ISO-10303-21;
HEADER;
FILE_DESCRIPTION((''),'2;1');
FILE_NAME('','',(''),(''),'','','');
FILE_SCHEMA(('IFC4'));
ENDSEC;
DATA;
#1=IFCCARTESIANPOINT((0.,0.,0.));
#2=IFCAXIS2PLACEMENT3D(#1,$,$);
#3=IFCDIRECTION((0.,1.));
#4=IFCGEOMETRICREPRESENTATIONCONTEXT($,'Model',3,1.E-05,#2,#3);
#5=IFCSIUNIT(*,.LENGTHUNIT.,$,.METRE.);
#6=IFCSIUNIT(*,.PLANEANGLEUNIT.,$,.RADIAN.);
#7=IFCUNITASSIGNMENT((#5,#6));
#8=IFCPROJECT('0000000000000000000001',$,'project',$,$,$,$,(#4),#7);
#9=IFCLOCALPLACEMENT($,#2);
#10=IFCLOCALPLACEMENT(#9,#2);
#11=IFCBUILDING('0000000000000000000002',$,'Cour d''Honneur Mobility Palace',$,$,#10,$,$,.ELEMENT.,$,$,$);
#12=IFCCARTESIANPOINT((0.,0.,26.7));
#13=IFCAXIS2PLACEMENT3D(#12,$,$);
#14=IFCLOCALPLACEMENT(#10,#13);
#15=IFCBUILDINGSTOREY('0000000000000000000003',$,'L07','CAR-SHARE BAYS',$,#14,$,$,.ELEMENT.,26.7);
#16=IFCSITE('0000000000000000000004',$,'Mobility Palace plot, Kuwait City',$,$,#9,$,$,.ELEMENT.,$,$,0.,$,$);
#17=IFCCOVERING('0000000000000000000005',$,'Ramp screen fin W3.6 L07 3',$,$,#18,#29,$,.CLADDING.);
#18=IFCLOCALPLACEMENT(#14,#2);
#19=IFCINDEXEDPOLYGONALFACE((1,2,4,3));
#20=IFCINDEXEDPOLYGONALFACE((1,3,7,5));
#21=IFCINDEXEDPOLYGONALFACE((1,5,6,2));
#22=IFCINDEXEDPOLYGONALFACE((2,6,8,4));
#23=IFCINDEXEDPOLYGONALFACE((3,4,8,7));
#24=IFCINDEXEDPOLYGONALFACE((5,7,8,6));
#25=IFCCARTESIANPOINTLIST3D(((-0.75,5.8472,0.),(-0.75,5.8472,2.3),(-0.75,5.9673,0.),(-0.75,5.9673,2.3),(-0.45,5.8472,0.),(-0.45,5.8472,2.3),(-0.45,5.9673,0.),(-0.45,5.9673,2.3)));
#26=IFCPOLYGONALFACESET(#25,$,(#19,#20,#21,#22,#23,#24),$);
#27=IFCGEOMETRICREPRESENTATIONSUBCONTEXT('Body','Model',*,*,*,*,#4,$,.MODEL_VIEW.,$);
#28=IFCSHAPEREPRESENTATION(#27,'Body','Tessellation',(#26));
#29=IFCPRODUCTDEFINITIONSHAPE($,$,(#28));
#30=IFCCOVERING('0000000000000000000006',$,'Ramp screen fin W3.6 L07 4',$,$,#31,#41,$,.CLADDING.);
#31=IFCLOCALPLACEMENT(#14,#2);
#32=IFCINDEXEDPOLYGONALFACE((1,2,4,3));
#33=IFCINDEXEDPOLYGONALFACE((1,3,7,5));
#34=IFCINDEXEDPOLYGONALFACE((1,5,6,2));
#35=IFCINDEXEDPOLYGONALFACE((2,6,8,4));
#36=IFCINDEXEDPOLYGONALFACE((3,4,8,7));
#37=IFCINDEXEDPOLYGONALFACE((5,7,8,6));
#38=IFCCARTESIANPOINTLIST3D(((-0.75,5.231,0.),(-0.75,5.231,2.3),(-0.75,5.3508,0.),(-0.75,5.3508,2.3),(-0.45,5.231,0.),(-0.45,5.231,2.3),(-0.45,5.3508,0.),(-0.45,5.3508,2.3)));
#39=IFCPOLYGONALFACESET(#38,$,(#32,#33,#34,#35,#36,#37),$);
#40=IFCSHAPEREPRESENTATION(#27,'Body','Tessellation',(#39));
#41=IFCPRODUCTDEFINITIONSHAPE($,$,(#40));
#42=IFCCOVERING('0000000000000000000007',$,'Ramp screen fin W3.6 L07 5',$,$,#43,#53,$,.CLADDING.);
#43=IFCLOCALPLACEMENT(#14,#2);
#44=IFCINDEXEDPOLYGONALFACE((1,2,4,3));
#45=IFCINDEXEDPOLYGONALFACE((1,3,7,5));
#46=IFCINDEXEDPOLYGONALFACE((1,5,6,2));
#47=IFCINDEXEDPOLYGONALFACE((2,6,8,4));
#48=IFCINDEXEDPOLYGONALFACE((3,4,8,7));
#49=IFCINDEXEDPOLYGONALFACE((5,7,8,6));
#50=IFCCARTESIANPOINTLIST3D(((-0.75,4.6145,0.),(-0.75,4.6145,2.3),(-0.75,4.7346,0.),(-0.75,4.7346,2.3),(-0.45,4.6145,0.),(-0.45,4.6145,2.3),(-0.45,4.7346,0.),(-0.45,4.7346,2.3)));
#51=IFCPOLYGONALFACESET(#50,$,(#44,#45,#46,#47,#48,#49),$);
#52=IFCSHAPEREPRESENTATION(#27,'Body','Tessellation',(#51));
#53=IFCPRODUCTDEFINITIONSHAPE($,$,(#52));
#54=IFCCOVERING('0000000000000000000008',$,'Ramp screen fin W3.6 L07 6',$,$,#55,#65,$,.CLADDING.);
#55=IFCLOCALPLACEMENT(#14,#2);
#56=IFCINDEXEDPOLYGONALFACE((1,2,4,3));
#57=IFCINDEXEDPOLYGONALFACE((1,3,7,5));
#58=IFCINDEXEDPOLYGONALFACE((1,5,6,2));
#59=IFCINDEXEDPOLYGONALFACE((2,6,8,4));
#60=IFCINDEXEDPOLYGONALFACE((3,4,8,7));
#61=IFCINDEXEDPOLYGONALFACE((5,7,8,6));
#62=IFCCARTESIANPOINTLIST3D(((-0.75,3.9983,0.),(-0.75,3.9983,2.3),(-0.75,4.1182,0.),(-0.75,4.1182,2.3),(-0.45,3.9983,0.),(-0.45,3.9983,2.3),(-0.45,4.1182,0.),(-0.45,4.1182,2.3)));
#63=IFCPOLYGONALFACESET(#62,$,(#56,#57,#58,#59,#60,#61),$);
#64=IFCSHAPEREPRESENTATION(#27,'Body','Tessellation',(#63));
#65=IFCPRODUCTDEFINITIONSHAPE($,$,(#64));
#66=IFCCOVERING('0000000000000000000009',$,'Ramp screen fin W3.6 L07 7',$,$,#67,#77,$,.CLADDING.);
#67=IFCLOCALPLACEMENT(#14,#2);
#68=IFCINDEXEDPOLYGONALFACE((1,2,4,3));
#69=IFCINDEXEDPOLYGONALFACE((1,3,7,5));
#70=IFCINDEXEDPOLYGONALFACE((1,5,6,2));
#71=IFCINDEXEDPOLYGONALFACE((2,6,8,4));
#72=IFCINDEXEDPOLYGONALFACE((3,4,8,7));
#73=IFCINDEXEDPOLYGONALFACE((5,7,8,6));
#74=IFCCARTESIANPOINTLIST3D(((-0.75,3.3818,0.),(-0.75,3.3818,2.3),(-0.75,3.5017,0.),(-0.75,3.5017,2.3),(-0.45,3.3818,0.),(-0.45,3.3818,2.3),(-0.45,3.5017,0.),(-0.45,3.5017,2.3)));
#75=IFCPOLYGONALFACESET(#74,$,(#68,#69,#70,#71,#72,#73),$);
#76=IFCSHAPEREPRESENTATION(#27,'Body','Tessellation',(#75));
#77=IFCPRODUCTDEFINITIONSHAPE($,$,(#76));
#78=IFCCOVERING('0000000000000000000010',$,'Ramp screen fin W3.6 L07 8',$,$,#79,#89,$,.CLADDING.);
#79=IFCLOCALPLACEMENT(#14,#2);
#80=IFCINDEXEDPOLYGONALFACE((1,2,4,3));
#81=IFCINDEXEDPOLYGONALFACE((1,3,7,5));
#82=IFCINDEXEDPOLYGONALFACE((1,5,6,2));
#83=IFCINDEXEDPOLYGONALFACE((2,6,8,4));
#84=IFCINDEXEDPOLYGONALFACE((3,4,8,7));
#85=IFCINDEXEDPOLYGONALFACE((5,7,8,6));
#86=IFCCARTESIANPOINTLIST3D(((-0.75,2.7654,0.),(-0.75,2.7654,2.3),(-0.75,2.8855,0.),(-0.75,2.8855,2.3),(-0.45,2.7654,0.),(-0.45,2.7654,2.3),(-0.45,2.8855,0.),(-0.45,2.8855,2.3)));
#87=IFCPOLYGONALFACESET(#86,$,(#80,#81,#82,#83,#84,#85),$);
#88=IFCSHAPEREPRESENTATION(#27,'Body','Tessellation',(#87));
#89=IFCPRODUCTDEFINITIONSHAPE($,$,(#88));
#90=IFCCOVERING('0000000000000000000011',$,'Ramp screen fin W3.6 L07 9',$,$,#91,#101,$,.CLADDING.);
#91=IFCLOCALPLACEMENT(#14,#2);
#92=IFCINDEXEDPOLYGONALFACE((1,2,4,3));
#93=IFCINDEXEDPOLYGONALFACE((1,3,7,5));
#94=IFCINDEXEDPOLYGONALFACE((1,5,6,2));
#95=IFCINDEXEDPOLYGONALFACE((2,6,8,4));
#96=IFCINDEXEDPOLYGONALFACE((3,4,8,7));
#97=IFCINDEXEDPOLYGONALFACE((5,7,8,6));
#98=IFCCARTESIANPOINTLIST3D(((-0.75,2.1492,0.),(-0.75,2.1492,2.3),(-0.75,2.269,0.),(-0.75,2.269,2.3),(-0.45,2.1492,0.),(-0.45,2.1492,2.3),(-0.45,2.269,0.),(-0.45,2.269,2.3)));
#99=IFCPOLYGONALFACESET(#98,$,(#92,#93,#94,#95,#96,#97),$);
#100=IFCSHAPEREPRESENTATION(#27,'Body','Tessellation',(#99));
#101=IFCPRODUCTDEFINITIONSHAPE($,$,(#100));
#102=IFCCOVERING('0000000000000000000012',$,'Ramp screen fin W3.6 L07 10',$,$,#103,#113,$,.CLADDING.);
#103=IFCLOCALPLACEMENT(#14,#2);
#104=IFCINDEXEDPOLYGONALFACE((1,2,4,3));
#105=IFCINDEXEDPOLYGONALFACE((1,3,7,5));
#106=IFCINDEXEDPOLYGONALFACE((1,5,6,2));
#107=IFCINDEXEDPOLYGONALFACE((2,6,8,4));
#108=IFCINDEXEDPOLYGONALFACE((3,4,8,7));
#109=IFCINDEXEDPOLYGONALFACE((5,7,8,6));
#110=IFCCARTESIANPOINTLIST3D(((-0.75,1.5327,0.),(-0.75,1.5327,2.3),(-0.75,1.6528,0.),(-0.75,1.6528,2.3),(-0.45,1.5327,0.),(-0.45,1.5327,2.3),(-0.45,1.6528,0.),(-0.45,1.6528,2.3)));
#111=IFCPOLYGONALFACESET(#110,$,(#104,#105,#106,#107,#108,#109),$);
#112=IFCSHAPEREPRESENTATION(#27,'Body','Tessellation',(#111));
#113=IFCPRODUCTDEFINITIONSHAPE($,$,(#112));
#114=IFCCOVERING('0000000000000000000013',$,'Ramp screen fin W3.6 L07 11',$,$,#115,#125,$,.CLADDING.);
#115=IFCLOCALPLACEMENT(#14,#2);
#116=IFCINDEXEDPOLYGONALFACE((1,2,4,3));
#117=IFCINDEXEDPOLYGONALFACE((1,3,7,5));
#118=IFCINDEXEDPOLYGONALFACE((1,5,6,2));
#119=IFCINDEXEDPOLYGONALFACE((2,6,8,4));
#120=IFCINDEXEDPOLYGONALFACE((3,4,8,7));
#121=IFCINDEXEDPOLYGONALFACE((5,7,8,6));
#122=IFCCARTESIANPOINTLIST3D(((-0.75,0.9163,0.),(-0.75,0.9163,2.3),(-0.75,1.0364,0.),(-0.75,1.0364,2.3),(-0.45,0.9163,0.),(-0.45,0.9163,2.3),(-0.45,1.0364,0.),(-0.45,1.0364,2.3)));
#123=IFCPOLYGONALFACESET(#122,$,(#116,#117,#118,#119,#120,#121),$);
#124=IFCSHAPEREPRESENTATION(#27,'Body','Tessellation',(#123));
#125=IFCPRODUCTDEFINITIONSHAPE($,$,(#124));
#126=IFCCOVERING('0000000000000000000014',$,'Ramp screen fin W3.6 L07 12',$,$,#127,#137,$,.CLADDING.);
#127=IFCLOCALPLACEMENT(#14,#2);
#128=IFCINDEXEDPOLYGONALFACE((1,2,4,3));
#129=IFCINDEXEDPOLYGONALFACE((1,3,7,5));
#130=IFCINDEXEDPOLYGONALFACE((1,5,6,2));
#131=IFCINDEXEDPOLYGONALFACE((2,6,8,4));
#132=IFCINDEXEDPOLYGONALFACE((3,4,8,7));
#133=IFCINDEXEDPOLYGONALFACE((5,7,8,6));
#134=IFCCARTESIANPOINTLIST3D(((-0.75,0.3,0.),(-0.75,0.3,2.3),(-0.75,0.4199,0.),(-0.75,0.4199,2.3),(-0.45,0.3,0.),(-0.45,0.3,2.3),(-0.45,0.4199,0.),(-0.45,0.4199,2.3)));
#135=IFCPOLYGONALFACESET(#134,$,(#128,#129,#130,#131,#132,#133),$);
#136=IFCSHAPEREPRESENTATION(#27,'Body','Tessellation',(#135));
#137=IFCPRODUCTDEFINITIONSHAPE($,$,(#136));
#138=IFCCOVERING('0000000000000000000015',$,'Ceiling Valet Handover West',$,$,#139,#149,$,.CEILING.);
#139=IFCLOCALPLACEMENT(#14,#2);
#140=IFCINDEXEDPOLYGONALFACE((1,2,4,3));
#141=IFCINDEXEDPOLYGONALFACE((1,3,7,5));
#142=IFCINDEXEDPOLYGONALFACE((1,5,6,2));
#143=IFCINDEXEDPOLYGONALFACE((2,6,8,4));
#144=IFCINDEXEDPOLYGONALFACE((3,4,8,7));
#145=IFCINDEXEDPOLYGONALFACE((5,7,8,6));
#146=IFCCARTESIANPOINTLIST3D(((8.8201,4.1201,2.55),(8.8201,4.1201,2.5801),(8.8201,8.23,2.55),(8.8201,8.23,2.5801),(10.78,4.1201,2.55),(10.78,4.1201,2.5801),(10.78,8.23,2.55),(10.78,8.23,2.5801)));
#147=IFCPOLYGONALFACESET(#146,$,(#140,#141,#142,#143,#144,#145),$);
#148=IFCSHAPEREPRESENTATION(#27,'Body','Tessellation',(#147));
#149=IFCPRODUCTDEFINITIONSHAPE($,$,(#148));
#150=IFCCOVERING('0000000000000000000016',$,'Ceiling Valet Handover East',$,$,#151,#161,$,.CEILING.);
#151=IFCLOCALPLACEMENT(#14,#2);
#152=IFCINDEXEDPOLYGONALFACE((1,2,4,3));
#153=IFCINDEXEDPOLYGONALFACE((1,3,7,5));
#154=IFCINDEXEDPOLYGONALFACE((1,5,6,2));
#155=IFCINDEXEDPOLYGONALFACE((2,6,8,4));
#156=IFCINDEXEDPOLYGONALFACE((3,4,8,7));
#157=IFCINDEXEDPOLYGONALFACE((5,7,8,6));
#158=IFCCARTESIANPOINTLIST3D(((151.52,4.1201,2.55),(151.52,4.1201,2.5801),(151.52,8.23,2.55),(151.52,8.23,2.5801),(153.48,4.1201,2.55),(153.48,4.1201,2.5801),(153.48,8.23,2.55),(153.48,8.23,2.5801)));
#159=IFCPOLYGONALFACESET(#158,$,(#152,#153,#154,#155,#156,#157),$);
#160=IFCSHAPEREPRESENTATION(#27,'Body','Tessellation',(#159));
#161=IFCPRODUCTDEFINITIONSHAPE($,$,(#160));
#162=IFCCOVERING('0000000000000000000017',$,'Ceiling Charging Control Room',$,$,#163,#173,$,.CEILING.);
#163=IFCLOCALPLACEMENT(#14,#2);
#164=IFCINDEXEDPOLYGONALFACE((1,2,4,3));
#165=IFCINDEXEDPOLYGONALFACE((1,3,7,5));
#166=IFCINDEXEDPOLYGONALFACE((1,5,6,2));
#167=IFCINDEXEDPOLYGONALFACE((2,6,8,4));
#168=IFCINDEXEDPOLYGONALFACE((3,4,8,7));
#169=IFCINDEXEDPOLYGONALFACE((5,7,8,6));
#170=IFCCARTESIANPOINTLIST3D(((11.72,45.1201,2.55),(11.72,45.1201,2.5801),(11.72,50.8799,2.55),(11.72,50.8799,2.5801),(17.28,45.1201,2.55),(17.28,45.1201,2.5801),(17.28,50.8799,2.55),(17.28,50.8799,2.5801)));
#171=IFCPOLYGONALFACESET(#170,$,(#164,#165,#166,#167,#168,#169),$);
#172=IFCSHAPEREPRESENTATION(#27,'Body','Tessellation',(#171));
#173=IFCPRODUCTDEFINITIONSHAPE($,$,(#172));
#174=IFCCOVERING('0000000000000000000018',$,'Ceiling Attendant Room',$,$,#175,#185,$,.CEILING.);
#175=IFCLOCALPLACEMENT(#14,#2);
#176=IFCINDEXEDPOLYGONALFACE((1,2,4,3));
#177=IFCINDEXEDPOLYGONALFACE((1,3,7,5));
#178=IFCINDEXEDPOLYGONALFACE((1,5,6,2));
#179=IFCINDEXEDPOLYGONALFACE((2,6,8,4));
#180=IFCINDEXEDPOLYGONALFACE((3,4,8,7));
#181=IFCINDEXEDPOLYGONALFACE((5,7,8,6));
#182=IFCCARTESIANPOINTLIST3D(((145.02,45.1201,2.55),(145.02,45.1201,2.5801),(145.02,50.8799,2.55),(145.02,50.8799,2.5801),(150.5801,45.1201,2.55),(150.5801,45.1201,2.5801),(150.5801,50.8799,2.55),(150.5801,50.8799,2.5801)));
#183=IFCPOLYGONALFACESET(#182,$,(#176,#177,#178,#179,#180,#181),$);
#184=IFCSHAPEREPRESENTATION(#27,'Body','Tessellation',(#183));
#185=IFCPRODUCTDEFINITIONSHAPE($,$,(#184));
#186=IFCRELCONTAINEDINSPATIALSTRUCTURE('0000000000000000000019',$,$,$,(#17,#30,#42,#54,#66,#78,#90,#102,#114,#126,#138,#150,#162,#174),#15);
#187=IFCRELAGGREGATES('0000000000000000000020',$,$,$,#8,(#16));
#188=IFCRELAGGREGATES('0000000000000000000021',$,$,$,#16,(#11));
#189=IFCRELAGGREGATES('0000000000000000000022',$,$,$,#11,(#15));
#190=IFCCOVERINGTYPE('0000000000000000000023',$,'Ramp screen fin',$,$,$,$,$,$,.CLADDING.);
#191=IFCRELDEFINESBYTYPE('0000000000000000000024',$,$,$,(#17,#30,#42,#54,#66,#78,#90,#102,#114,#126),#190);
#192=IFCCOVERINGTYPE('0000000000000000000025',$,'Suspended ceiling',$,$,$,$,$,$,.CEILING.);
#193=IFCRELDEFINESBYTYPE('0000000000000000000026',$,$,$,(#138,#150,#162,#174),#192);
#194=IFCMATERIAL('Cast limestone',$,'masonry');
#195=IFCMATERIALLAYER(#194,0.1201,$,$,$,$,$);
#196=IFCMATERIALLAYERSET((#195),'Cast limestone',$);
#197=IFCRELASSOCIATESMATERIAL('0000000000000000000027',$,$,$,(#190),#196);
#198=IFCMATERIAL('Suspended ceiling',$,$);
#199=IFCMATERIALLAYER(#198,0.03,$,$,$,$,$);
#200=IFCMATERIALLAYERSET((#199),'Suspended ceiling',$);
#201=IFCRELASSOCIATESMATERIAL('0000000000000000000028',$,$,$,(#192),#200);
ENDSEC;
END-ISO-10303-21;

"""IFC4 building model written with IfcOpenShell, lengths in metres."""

from ifc_helpers import new_model, si_unit, direction, frame, origin, place, context, subcontext, project, spatial, polyline, outline, extrude, material, layer, layer_set, type_object, element, save


model = new_model("IFC4")

# Units and contexts
model_context = context("Model", 3, precision=1e-05, world=origin(), true_north=direction((0.0, 1.0)))
body_context = subcontext(model_context, "Body", "Model", "MODEL_VIEW")
ifc_project = project(units=[si_unit("LENGTHUNIT", "METRE"), si_unit("PLANEANGLEUNIT", "RADIAN")], contexts=[model_context])

# Site, building, storey
site_placement = place(None, origin())
site = spatial("IfcSite", under=ifc_project, at=site_placement, Name="Mobility Palace plot, Kuwait City", CompositionType="ELEMENT", RefElevation=0.0)
building_placement = place(site_placement, origin())
building = spatial("IfcBuilding", under=site, at=building_placement, Name="Cour d'Honneur Mobility Palace", CompositionType="ELEMENT")
storey_placement = place(building_placement, frame((0.0, 0.0, 26.7)))
storey = spatial("IfcBuildingStorey", under=building, at=storey_placement, Name="L07", Description="CAR-SHARE BAYS", CompositionType="ELEMENT", Elevation=26.7)

# Coverings
ifc_material_1 = material(Name="Cast limestone", Category="masonry")
ifc_layer_1 = layer(ifc_material_1, 0.1201)
ifc_layer_set_1 = layer_set([ifc_layer_1], Name="Cast limestone")
covering_type_1 = type_object("IfcCoveringType", Name="Ramp screen fin", PredefinedType="CLADDING", material=ifc_layer_set_1)
covering_1_placement = place(storey_placement, origin())
element("IfcCovering", 1, at=covering_1_placement, inside=storey, type_object=covering_type_1, Name="Ramp screen fin W3.6 L07 3", PredefinedType="CLADDING", context=body_context, shape_type="SweptSolid", body=[
    extrude(outline(polyline([(-0.45, 5.9673), (-0.45, 5.8472), (-0.75, 5.8472), (-0.75, 5.9673), (-0.45, 5.9673)])), origin(), (0.0, 0.0, 1.0), 2.3),
])
covering_2_placement = place(storey_placement, origin())
element("IfcCovering", 2, at=covering_2_placement, inside=storey, type_object=covering_type_1, Name="Ramp screen fin W3.6 L07 4", PredefinedType="CLADDING", context=body_context, shape_type="SweptSolid", body=[
    extrude(outline(polyline([(-0.45, 5.3508), (-0.45, 5.231), (-0.75, 5.231), (-0.75, 5.3508), (-0.45, 5.3508)])), origin(), (0.0, 0.0, 1.0), 2.3),
])
covering_3_placement = place(storey_placement, origin())
element("IfcCovering", 3, at=covering_3_placement, inside=storey, type_object=covering_type_1, Name="Ramp screen fin W3.6 L07 5", PredefinedType="CLADDING", context=body_context, shape_type="SweptSolid", body=[
    extrude(outline(polyline([(-0.45, 4.7346), (-0.45, 4.6145), (-0.75, 4.6145), (-0.75, 4.7346), (-0.45, 4.7346)])), origin(), (0.0, 0.0, 1.0), 2.3),
])
covering_4_placement = place(storey_placement, origin())
element("IfcCovering", 4, at=covering_4_placement, inside=storey, type_object=covering_type_1, Name="Ramp screen fin W3.6 L07 6", PredefinedType="CLADDING", context=body_context, shape_type="SweptSolid", body=[
    extrude(outline(polyline([(-0.45, 4.1182), (-0.45, 3.9983), (-0.75, 3.9983), (-0.75, 4.1182), (-0.45, 4.1182)])), origin(), (0.0, 0.0, 1.0), 2.3),
])
covering_5_placement = place(storey_placement, origin())
element("IfcCovering", 5, at=covering_5_placement, inside=storey, type_object=covering_type_1, Name="Ramp screen fin W3.6 L07 7", PredefinedType="CLADDING", context=body_context, shape_type="SweptSolid", body=[
    extrude(outline(polyline([(-0.45, 3.5017), (-0.45, 3.3818), (-0.75, 3.3818), (-0.75, 3.5017), (-0.45, 3.5017)])), origin(), (0.0, 0.0, 1.0), 2.3),
])
covering_6_placement = place(storey_placement, origin())
element("IfcCovering", 6, at=covering_6_placement, inside=storey, type_object=covering_type_1, Name="Ramp screen fin W3.6 L07 8", PredefinedType="CLADDING", context=body_context, shape_type="SweptSolid", body=[
    extrude(outline(polyline([(-0.45, 2.8855), (-0.45, 2.7654), (-0.75, 2.7654), (-0.75, 2.8855), (-0.45, 2.8855)])), origin(), (0.0, 0.0, 1.0), 2.3),
])
covering_7_placement = place(storey_placement, origin())
element("IfcCovering", 7, at=covering_7_placement, inside=storey, type_object=covering_type_1, Name="Ramp screen fin W3.6 L07 9", PredefinedType="CLADDING", context=body_context, shape_type="SweptSolid", body=[
    extrude(outline(polyline([(-0.45, 2.269), (-0.45, 2.1492), (-0.75, 2.1492), (-0.75, 2.269), (-0.45, 2.269)])), origin(), (0.0, 0.0, 1.0), 2.3),
])
covering_8_placement = place(storey_placement, origin())
element("IfcCovering", 8, at=covering_8_placement, inside=storey, type_object=covering_type_1, Name="Ramp screen fin W3.6 L07 10", PredefinedType="CLADDING", context=body_context, shape_type="SweptSolid", body=[
    extrude(outline(polyline([(-0.45, 1.6528), (-0.45, 1.5327), (-0.75, 1.5327), (-0.75, 1.6528), (-0.45, 1.6528)])), origin(), (0.0, 0.0, 1.0), 2.3),
])
covering_9_placement = place(storey_placement, origin())
element("IfcCovering", 9, at=covering_9_placement, inside=storey, type_object=covering_type_1, Name="Ramp screen fin W3.6 L07 11", PredefinedType="CLADDING", context=body_context, shape_type="SweptSolid", body=[
    extrude(outline(polyline([(-0.45, 1.0364), (-0.45, 0.9163), (-0.75, 0.9163), (-0.75, 1.0364), (-0.45, 1.0364)])), origin(), (0.0, 0.0, 1.0), 2.3),
])
covering_10_placement = place(storey_placement, origin())
element("IfcCovering", 10, at=covering_10_placement, inside=storey, type_object=covering_type_1, Name="Ramp screen fin W3.6 L07 12", PredefinedType="CLADDING", context=body_context, shape_type="SweptSolid", body=[
    extrude(outline(polyline([(-0.45, 0.4199), (-0.45, 0.3), (-0.75, 0.3), (-0.75, 0.4199), (-0.45, 0.4199)])), origin(), (0.0, 0.0, 1.0), 2.3),
])
ifc_material_2 = material(Name="Suspended ceiling")
ifc_layer_2 = layer(ifc_material_2, 0.03)
ifc_layer_set_2 = layer_set([ifc_layer_2], Name="Suspended ceiling")
covering_type_2 = type_object("IfcCoveringType", Name="Suspended ceiling", PredefinedType="CEILING", material=ifc_layer_set_2)
covering_11_placement = place(storey_placement, frame((0.0, 0.0, 2.55)))
element("IfcCovering", 11, at=covering_11_placement, inside=storey, type_object=covering_type_2, Name="Ceiling Valet Handover West", PredefinedType="CEILING", context=body_context, shape_type="SweptSolid", body=[
    extrude(outline(polyline([(10.78, 4.1201), (8.8201, 4.1201), (8.8201, 8.23), (10.78, 8.23), (10.78, 4.1201)])), origin(), (0.0, 0.0, 1.0), 0.03),
])
covering_12_placement = place(storey_placement, frame((0.0, 0.0, 2.55)))
element("IfcCovering", 12, at=covering_12_placement, inside=storey, type_object=covering_type_2, Name="Ceiling Valet Handover East", PredefinedType="CEILING", context=body_context, shape_type="SweptSolid", body=[
    extrude(outline(polyline([(153.48, 4.1201), (151.52, 4.1201), (151.52, 8.23), (153.48, 8.23), (153.48, 4.1201)])), origin(), (0.0, 0.0, 1.0), 0.03),
])
covering_13_placement = place(storey_placement, frame((0.0, 0.0, 2.55)))
element("IfcCovering", 13, at=covering_13_placement, inside=storey, type_object=covering_type_2, Name="Ceiling Charging Control Room", PredefinedType="CEILING", context=body_context, shape_type="SweptSolid", body=[
    extrude(outline(polyline([(17.28, 45.1201), (11.72, 45.1201), (11.72, 50.8799), (17.28, 50.8799), (17.28, 45.1201)])), origin(), (0.0, 0.0, 1.0), 0.03),
])
covering_14_placement = place(storey_placement, frame((0.0, 0.0, 2.55)))
element("IfcCovering", 14, at=covering_14_placement, inside=storey, type_object=covering_type_2, Name="Ceiling Attendant Room", PredefinedType="CEILING", context=body_context, shape_type="SweptSolid", body=[
    extrude(outline(polyline([(150.5801, 45.1201), (145.02, 45.1201), (145.02, 50.8799), (150.5801, 50.8799), (150.5801, 45.1201)])), origin(), (0.0, 0.0, 1.0), 0.03),
])

save(model, "model.ifc")
